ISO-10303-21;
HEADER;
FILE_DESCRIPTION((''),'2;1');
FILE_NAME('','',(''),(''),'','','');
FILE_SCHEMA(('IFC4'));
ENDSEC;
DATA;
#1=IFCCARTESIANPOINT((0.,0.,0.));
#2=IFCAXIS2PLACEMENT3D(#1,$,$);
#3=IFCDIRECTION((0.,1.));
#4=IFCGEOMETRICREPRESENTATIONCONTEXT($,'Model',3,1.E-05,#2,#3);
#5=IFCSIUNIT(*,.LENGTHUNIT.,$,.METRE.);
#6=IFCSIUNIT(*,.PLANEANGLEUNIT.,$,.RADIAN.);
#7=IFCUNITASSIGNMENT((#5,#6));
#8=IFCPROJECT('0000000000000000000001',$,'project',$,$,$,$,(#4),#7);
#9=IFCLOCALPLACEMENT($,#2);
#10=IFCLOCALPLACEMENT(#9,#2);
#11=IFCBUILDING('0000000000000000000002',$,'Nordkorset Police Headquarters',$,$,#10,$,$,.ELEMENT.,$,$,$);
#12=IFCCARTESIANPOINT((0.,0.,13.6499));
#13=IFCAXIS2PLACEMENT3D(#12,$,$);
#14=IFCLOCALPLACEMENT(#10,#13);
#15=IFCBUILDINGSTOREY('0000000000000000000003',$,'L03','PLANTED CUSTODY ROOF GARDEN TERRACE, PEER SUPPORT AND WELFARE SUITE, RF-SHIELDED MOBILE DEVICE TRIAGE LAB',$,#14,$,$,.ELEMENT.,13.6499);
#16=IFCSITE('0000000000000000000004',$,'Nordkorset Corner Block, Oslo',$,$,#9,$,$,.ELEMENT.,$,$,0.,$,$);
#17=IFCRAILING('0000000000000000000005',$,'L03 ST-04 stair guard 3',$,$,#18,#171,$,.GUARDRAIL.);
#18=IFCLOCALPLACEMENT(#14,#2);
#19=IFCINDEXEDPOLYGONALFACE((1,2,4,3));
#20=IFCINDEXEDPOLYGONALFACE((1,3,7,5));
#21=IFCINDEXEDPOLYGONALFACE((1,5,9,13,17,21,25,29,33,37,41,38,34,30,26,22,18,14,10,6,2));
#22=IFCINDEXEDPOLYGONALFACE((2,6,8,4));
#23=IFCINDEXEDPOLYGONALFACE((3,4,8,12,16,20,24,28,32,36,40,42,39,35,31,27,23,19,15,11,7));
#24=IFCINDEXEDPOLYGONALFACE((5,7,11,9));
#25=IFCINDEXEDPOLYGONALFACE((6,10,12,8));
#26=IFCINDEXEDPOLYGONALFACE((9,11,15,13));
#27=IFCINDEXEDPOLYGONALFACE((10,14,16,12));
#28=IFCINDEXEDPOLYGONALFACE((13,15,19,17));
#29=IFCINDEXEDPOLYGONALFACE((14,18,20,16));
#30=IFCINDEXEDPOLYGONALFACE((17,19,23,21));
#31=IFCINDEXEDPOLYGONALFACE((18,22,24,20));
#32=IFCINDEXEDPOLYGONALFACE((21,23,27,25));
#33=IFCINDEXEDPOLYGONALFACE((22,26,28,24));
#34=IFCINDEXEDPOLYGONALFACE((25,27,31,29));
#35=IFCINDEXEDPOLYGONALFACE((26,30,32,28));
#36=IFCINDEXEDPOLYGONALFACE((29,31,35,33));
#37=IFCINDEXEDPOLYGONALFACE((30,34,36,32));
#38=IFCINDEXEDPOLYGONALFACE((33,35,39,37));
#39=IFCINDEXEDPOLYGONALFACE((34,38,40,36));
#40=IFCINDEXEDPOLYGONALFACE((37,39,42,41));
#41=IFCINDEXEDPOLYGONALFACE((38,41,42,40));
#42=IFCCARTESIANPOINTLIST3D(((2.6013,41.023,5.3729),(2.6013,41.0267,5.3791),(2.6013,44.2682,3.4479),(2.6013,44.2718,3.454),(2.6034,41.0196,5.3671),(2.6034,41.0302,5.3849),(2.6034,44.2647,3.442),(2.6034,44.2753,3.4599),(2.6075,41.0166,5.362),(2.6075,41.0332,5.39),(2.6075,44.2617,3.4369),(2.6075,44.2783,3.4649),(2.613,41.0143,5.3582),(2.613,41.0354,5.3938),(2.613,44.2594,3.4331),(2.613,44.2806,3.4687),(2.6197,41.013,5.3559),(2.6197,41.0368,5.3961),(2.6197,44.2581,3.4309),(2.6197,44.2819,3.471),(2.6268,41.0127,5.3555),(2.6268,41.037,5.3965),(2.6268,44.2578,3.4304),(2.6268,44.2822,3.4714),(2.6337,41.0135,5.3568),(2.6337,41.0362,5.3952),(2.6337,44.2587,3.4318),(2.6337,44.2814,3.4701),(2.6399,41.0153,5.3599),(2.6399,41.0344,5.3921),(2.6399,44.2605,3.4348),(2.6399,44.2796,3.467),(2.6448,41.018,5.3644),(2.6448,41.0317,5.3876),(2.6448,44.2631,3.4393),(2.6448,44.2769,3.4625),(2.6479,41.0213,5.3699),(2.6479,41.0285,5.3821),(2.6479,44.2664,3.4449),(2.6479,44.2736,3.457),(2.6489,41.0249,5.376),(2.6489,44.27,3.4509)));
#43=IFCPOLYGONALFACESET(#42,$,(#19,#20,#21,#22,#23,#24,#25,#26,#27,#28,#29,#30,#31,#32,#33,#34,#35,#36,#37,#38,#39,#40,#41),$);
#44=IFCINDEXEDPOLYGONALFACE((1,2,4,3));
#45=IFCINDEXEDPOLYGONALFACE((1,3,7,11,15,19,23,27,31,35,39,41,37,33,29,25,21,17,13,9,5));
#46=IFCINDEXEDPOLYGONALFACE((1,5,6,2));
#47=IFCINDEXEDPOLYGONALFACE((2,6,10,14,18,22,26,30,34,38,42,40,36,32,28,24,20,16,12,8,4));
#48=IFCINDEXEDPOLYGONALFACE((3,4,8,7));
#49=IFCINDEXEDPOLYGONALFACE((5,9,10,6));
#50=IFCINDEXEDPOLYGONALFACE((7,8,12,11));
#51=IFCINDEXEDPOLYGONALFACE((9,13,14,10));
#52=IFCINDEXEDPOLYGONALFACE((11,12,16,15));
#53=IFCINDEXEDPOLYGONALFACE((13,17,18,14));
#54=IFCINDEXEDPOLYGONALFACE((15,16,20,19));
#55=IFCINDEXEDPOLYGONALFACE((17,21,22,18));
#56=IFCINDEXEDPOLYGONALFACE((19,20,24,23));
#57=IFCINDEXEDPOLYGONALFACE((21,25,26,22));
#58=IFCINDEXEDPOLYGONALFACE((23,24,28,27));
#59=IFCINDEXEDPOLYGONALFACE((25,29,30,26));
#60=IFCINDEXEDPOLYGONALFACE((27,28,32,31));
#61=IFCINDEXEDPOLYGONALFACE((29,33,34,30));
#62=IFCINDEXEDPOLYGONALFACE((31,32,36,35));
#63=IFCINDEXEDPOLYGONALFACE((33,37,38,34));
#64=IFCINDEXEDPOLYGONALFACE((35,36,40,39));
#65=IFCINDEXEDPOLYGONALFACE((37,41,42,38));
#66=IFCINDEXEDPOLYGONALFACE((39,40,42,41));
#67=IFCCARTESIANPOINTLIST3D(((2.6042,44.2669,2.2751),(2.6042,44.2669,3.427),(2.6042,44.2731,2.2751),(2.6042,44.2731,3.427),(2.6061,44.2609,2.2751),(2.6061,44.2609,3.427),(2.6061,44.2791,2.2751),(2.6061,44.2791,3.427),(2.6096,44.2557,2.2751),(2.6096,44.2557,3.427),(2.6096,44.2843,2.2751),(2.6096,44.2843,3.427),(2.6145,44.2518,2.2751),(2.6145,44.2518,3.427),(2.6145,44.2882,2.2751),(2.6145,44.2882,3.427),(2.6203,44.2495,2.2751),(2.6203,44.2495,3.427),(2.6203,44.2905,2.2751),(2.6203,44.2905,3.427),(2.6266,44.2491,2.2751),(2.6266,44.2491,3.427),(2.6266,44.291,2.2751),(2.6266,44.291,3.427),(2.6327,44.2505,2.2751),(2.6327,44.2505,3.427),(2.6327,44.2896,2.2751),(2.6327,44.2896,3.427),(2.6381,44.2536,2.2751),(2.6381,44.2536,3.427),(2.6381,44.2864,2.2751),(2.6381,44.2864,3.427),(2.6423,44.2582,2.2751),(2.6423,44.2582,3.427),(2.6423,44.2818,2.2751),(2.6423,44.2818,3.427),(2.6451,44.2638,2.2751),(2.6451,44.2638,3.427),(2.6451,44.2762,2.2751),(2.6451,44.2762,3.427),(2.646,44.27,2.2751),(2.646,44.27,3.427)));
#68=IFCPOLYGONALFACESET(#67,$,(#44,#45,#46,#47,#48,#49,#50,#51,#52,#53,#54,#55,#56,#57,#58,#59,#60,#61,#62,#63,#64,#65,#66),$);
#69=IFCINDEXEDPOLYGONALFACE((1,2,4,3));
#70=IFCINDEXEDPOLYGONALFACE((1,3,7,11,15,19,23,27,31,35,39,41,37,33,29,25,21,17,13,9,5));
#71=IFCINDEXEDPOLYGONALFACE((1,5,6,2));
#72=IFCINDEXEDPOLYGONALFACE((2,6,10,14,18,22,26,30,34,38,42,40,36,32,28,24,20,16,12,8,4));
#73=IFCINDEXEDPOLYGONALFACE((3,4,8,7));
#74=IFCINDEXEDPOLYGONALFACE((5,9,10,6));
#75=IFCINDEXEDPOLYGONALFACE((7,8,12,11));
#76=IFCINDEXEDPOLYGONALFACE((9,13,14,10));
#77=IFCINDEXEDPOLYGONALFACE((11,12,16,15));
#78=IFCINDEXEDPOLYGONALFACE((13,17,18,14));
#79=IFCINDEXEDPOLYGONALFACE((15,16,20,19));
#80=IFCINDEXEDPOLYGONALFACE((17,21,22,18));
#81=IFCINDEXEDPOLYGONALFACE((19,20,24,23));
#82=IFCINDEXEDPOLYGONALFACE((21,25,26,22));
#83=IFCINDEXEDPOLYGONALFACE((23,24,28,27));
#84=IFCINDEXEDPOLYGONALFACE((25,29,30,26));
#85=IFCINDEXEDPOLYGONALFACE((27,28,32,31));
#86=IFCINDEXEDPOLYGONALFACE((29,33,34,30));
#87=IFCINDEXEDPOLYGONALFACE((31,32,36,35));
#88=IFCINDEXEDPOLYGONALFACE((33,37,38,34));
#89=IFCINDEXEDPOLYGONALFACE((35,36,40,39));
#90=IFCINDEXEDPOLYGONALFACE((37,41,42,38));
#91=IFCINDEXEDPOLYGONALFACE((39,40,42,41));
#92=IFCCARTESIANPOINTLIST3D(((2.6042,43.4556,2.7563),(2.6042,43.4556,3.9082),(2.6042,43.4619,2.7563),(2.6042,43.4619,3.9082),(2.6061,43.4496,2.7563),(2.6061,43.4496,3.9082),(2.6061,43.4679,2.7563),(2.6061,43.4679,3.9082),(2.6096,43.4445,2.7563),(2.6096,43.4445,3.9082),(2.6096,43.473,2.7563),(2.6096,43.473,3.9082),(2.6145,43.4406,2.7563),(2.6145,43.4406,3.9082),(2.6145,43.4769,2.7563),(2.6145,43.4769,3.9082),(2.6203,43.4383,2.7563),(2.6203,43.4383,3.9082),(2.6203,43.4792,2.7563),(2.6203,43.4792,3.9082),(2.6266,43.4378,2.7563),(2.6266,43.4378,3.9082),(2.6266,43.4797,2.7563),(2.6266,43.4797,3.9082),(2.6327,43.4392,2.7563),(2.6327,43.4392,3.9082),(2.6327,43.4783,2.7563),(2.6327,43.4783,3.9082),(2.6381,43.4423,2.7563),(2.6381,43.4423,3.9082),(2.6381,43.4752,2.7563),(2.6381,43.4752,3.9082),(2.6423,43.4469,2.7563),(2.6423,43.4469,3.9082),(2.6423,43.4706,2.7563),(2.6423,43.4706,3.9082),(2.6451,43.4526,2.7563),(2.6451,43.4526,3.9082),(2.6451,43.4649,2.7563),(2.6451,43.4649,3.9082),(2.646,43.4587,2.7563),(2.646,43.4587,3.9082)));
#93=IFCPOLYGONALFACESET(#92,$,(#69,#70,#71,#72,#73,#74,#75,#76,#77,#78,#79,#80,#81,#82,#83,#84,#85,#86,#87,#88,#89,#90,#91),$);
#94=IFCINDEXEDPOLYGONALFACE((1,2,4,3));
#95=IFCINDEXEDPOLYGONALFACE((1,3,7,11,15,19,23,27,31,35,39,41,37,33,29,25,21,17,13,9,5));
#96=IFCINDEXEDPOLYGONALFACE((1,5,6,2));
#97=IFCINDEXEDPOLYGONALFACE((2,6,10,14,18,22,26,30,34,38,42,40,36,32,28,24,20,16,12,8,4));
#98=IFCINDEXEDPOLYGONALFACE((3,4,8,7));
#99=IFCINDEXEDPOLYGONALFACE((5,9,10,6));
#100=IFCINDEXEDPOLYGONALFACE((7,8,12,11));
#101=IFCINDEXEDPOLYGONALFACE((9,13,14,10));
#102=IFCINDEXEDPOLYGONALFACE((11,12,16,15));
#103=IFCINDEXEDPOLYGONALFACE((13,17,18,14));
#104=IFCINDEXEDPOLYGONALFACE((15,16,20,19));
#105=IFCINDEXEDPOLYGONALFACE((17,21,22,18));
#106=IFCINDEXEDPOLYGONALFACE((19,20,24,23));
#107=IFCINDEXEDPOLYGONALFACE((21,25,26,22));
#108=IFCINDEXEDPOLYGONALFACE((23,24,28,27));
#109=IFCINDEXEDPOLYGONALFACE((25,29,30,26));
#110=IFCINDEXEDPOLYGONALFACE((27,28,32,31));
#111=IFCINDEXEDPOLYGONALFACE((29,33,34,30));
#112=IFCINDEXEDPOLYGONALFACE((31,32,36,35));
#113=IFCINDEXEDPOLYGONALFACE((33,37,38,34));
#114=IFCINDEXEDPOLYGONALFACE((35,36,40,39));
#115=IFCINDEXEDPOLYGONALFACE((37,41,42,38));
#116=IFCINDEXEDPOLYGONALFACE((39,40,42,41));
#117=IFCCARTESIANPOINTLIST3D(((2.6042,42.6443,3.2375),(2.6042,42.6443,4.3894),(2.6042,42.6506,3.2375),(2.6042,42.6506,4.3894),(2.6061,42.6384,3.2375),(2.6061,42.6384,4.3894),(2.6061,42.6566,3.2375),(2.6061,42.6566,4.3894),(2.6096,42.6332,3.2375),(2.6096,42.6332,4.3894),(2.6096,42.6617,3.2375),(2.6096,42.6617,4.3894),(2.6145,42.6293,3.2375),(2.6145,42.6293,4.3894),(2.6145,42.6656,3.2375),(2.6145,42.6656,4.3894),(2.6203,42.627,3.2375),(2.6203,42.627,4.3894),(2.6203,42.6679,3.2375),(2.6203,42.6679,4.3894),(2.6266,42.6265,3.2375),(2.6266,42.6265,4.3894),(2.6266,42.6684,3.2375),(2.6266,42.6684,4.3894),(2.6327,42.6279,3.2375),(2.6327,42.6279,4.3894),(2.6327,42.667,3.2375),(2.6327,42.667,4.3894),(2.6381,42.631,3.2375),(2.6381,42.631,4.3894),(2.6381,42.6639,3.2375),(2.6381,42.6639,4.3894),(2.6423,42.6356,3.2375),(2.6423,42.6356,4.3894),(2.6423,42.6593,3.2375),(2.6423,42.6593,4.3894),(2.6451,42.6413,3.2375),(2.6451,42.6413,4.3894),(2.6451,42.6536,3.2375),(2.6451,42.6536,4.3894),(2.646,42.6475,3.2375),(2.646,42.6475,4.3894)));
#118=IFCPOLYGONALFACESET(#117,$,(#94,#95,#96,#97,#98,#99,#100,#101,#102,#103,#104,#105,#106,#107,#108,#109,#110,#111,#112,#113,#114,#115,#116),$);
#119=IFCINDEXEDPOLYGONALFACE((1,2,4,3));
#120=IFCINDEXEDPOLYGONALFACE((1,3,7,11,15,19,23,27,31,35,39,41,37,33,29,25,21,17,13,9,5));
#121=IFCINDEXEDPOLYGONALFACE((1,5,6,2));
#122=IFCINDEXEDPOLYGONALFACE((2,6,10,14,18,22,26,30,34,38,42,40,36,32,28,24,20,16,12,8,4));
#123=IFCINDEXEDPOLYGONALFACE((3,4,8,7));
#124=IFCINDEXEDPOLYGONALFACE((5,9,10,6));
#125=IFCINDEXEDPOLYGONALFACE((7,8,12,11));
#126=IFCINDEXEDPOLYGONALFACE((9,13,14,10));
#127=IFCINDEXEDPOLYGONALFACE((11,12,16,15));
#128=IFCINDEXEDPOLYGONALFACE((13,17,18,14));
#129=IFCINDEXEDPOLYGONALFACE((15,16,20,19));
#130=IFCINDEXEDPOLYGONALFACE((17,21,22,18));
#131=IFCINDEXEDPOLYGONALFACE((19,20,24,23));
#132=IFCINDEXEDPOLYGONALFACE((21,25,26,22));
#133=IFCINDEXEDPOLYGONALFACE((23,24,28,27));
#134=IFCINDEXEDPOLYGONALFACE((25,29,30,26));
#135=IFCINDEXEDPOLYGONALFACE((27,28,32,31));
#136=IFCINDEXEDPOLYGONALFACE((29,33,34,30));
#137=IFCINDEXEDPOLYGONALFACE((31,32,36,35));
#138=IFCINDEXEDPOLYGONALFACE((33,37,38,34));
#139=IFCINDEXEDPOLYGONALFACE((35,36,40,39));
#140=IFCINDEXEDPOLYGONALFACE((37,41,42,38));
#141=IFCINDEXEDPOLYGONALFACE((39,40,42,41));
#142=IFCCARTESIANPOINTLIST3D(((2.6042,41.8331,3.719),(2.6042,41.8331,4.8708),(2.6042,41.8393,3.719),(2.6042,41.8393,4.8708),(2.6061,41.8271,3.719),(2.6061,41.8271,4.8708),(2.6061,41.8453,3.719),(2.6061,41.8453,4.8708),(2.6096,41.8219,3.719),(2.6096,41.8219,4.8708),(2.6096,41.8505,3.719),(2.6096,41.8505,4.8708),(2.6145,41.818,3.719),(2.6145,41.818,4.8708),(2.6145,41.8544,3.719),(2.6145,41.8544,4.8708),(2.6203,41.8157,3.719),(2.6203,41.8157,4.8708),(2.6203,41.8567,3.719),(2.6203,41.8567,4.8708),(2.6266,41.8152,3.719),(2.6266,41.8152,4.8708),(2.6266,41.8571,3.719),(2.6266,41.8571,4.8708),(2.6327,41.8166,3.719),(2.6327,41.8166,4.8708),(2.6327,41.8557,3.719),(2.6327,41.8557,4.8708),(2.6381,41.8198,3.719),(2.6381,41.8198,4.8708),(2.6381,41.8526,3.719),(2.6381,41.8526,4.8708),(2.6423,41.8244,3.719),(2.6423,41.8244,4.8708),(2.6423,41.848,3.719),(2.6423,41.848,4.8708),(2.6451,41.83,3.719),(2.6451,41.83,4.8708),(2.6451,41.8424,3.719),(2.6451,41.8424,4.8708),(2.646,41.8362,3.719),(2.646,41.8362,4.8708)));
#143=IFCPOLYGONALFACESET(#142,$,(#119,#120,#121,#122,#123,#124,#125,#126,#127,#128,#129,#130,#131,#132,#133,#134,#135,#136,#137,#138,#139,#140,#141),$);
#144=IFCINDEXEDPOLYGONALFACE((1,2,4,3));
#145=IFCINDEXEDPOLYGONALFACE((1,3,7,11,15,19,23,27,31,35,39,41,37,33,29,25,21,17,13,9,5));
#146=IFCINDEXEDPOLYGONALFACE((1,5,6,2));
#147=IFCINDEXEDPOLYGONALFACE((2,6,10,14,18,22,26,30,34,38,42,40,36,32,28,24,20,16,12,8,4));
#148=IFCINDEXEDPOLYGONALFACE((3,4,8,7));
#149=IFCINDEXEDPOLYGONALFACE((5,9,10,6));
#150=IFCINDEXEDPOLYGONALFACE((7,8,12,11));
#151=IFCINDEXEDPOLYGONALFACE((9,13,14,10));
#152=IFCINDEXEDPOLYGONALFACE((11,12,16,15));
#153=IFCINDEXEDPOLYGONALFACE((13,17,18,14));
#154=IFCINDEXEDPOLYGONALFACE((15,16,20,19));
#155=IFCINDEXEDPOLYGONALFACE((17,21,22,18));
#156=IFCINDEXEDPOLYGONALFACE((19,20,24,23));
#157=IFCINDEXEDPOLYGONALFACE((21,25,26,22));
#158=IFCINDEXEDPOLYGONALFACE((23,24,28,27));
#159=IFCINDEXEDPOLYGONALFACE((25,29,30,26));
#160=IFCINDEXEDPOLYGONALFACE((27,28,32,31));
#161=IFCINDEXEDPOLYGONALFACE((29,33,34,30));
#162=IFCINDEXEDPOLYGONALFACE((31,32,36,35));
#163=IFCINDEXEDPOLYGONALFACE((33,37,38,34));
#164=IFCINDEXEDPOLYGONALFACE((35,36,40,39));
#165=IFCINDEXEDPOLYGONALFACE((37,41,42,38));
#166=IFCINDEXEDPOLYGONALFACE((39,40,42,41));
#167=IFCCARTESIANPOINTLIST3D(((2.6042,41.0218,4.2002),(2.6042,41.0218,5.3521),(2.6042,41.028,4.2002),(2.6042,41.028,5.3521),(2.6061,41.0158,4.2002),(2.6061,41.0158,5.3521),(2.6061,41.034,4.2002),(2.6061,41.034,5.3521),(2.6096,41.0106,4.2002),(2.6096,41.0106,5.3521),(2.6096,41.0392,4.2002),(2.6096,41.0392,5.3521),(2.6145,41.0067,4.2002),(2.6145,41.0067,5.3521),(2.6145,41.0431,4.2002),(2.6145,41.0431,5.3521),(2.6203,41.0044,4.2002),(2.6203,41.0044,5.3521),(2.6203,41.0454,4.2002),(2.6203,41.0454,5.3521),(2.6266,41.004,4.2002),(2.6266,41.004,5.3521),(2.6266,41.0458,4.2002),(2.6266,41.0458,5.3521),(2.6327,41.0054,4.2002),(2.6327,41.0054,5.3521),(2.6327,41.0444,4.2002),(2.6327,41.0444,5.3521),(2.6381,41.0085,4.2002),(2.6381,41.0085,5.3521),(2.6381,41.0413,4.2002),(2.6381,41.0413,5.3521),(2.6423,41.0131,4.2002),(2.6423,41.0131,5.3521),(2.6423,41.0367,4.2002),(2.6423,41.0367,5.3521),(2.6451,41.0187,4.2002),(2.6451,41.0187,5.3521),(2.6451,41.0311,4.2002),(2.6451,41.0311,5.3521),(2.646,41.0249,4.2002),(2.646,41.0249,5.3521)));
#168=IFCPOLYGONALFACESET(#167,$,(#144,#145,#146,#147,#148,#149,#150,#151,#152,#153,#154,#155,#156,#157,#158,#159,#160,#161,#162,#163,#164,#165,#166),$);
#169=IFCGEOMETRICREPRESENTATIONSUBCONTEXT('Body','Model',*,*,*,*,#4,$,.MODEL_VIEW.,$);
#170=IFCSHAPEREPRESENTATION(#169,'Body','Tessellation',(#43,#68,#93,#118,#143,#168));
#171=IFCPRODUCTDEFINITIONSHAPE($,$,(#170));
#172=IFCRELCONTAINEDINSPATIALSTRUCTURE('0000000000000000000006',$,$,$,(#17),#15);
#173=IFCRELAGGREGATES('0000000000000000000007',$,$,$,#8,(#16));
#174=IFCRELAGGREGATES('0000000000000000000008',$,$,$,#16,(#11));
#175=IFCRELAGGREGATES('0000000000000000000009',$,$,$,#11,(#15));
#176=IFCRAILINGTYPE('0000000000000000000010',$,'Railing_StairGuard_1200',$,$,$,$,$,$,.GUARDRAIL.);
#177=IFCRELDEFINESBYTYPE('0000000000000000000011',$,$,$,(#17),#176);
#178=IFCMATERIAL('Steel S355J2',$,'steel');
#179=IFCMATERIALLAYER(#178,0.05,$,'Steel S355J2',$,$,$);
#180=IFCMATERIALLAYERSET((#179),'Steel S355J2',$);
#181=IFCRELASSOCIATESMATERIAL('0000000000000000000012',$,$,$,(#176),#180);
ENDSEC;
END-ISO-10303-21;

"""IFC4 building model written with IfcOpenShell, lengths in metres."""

from ifc_helpers import new_model, si_unit, direction, frame, origin, origin_2d, place, context, subcontext, project, spatial, circle, extrude, material, layer, layer_set, type_object, element, save


model = new_model("IFC4")

# Units and contexts
model_context = context("Model", 3, precision=1e-05, world=origin(), true_north=direction((0.0, 1.0)))
body_context = subcontext(model_context, "Body", "Model", "MODEL_VIEW")
ifc_project = project(units=[si_unit("LENGTHUNIT", "METRE"), si_unit("PLANEANGLEUNIT", "RADIAN")], contexts=[model_context])

# Site, building, storey
site_placement = place(None, origin())
site = spatial("IfcSite", under=ifc_project, at=site_placement, Name="Nordkorset Corner Block, Oslo", CompositionType="ELEMENT", RefElevation=0.0)
building_placement = place(site_placement, origin())
building = spatial("IfcBuilding", under=site, at=building_placement, Name="Nordkorset Police Headquarters", CompositionType="ELEMENT")
storey_placement = place(building_placement, frame((0.0, 0.0, 13.6499)))
storey = spatial("IfcBuildingStorey", under=building, at=storey_placement, Name="L03", Description="PLANTED CUSTODY ROOF GARDEN TERRACE, PEER SUPPORT AND WELFARE SUITE, RF-SHIELDED MOBILE DEVICE TRIAGE LAB", CompositionType="ELEMENT", Elevation=13.6499)

# Railing
ifc_material_1 = material(Name="Steel S355J2", Category="steel")
ifc_layer_1 = layer(ifc_material_1, 0.05, Name="Steel S355J2")
ifc_layer_set_1 = layer_set([ifc_layer_1], Name="Steel S355J2")
railing_type_1 = type_object("IfcRailingType", Name="Railing_StairGuard_1200", PredefinedType="GUARDRAIL", material=ifc_layer_set_1)
railing_1_placement = place(storey_placement, frame((2.625, 44.27, 2.2751)))
element("IfcRailing", 1, at=railing_1_placement, inside=storey, type_object=railing_type_1, Name="L03 ST-04 stair guard 3", PredefinedType="GUARDRAIL", context=body_context, shape_type="SweptSolid", body=[
    extrude(circle(Radius=0.0239, at=origin_2d()), frame((0.0, 0.0, 1.1758), z_axis=(0.0, -0.860057, 0.510198), x_axis=(1.0, 0.0, 0.0)), (0.0, 0.0, 1.0), 3.7732),
    extrude(circle(Radius=0.021, at=origin_2d()), origin(), (0.0, 0.0, 1.0), 1.1519),
    extrude(circle(Radius=0.021, at=origin_2d()), frame((0.0, -0.8113, 0.4812)), (0.0, 0.0, 1.0), 1.1519),
    extrude(circle(Radius=0.021, at=origin_2d()), frame((0.0, -1.6226, 0.9624)), (0.0, 0.0, 1.0), 1.1519),
    extrude(circle(Radius=0.021, at=origin_2d()), frame((0.0, -2.4338, 1.4438)), (0.0, 0.0, 1.0), 1.1519),
    extrude(circle(Radius=0.021, at=origin_2d()), frame((0.0, -3.2451, 1.925)), (0.0, 0.0, 1.0), 1.1519),
])

save(model, "model.ifc")
